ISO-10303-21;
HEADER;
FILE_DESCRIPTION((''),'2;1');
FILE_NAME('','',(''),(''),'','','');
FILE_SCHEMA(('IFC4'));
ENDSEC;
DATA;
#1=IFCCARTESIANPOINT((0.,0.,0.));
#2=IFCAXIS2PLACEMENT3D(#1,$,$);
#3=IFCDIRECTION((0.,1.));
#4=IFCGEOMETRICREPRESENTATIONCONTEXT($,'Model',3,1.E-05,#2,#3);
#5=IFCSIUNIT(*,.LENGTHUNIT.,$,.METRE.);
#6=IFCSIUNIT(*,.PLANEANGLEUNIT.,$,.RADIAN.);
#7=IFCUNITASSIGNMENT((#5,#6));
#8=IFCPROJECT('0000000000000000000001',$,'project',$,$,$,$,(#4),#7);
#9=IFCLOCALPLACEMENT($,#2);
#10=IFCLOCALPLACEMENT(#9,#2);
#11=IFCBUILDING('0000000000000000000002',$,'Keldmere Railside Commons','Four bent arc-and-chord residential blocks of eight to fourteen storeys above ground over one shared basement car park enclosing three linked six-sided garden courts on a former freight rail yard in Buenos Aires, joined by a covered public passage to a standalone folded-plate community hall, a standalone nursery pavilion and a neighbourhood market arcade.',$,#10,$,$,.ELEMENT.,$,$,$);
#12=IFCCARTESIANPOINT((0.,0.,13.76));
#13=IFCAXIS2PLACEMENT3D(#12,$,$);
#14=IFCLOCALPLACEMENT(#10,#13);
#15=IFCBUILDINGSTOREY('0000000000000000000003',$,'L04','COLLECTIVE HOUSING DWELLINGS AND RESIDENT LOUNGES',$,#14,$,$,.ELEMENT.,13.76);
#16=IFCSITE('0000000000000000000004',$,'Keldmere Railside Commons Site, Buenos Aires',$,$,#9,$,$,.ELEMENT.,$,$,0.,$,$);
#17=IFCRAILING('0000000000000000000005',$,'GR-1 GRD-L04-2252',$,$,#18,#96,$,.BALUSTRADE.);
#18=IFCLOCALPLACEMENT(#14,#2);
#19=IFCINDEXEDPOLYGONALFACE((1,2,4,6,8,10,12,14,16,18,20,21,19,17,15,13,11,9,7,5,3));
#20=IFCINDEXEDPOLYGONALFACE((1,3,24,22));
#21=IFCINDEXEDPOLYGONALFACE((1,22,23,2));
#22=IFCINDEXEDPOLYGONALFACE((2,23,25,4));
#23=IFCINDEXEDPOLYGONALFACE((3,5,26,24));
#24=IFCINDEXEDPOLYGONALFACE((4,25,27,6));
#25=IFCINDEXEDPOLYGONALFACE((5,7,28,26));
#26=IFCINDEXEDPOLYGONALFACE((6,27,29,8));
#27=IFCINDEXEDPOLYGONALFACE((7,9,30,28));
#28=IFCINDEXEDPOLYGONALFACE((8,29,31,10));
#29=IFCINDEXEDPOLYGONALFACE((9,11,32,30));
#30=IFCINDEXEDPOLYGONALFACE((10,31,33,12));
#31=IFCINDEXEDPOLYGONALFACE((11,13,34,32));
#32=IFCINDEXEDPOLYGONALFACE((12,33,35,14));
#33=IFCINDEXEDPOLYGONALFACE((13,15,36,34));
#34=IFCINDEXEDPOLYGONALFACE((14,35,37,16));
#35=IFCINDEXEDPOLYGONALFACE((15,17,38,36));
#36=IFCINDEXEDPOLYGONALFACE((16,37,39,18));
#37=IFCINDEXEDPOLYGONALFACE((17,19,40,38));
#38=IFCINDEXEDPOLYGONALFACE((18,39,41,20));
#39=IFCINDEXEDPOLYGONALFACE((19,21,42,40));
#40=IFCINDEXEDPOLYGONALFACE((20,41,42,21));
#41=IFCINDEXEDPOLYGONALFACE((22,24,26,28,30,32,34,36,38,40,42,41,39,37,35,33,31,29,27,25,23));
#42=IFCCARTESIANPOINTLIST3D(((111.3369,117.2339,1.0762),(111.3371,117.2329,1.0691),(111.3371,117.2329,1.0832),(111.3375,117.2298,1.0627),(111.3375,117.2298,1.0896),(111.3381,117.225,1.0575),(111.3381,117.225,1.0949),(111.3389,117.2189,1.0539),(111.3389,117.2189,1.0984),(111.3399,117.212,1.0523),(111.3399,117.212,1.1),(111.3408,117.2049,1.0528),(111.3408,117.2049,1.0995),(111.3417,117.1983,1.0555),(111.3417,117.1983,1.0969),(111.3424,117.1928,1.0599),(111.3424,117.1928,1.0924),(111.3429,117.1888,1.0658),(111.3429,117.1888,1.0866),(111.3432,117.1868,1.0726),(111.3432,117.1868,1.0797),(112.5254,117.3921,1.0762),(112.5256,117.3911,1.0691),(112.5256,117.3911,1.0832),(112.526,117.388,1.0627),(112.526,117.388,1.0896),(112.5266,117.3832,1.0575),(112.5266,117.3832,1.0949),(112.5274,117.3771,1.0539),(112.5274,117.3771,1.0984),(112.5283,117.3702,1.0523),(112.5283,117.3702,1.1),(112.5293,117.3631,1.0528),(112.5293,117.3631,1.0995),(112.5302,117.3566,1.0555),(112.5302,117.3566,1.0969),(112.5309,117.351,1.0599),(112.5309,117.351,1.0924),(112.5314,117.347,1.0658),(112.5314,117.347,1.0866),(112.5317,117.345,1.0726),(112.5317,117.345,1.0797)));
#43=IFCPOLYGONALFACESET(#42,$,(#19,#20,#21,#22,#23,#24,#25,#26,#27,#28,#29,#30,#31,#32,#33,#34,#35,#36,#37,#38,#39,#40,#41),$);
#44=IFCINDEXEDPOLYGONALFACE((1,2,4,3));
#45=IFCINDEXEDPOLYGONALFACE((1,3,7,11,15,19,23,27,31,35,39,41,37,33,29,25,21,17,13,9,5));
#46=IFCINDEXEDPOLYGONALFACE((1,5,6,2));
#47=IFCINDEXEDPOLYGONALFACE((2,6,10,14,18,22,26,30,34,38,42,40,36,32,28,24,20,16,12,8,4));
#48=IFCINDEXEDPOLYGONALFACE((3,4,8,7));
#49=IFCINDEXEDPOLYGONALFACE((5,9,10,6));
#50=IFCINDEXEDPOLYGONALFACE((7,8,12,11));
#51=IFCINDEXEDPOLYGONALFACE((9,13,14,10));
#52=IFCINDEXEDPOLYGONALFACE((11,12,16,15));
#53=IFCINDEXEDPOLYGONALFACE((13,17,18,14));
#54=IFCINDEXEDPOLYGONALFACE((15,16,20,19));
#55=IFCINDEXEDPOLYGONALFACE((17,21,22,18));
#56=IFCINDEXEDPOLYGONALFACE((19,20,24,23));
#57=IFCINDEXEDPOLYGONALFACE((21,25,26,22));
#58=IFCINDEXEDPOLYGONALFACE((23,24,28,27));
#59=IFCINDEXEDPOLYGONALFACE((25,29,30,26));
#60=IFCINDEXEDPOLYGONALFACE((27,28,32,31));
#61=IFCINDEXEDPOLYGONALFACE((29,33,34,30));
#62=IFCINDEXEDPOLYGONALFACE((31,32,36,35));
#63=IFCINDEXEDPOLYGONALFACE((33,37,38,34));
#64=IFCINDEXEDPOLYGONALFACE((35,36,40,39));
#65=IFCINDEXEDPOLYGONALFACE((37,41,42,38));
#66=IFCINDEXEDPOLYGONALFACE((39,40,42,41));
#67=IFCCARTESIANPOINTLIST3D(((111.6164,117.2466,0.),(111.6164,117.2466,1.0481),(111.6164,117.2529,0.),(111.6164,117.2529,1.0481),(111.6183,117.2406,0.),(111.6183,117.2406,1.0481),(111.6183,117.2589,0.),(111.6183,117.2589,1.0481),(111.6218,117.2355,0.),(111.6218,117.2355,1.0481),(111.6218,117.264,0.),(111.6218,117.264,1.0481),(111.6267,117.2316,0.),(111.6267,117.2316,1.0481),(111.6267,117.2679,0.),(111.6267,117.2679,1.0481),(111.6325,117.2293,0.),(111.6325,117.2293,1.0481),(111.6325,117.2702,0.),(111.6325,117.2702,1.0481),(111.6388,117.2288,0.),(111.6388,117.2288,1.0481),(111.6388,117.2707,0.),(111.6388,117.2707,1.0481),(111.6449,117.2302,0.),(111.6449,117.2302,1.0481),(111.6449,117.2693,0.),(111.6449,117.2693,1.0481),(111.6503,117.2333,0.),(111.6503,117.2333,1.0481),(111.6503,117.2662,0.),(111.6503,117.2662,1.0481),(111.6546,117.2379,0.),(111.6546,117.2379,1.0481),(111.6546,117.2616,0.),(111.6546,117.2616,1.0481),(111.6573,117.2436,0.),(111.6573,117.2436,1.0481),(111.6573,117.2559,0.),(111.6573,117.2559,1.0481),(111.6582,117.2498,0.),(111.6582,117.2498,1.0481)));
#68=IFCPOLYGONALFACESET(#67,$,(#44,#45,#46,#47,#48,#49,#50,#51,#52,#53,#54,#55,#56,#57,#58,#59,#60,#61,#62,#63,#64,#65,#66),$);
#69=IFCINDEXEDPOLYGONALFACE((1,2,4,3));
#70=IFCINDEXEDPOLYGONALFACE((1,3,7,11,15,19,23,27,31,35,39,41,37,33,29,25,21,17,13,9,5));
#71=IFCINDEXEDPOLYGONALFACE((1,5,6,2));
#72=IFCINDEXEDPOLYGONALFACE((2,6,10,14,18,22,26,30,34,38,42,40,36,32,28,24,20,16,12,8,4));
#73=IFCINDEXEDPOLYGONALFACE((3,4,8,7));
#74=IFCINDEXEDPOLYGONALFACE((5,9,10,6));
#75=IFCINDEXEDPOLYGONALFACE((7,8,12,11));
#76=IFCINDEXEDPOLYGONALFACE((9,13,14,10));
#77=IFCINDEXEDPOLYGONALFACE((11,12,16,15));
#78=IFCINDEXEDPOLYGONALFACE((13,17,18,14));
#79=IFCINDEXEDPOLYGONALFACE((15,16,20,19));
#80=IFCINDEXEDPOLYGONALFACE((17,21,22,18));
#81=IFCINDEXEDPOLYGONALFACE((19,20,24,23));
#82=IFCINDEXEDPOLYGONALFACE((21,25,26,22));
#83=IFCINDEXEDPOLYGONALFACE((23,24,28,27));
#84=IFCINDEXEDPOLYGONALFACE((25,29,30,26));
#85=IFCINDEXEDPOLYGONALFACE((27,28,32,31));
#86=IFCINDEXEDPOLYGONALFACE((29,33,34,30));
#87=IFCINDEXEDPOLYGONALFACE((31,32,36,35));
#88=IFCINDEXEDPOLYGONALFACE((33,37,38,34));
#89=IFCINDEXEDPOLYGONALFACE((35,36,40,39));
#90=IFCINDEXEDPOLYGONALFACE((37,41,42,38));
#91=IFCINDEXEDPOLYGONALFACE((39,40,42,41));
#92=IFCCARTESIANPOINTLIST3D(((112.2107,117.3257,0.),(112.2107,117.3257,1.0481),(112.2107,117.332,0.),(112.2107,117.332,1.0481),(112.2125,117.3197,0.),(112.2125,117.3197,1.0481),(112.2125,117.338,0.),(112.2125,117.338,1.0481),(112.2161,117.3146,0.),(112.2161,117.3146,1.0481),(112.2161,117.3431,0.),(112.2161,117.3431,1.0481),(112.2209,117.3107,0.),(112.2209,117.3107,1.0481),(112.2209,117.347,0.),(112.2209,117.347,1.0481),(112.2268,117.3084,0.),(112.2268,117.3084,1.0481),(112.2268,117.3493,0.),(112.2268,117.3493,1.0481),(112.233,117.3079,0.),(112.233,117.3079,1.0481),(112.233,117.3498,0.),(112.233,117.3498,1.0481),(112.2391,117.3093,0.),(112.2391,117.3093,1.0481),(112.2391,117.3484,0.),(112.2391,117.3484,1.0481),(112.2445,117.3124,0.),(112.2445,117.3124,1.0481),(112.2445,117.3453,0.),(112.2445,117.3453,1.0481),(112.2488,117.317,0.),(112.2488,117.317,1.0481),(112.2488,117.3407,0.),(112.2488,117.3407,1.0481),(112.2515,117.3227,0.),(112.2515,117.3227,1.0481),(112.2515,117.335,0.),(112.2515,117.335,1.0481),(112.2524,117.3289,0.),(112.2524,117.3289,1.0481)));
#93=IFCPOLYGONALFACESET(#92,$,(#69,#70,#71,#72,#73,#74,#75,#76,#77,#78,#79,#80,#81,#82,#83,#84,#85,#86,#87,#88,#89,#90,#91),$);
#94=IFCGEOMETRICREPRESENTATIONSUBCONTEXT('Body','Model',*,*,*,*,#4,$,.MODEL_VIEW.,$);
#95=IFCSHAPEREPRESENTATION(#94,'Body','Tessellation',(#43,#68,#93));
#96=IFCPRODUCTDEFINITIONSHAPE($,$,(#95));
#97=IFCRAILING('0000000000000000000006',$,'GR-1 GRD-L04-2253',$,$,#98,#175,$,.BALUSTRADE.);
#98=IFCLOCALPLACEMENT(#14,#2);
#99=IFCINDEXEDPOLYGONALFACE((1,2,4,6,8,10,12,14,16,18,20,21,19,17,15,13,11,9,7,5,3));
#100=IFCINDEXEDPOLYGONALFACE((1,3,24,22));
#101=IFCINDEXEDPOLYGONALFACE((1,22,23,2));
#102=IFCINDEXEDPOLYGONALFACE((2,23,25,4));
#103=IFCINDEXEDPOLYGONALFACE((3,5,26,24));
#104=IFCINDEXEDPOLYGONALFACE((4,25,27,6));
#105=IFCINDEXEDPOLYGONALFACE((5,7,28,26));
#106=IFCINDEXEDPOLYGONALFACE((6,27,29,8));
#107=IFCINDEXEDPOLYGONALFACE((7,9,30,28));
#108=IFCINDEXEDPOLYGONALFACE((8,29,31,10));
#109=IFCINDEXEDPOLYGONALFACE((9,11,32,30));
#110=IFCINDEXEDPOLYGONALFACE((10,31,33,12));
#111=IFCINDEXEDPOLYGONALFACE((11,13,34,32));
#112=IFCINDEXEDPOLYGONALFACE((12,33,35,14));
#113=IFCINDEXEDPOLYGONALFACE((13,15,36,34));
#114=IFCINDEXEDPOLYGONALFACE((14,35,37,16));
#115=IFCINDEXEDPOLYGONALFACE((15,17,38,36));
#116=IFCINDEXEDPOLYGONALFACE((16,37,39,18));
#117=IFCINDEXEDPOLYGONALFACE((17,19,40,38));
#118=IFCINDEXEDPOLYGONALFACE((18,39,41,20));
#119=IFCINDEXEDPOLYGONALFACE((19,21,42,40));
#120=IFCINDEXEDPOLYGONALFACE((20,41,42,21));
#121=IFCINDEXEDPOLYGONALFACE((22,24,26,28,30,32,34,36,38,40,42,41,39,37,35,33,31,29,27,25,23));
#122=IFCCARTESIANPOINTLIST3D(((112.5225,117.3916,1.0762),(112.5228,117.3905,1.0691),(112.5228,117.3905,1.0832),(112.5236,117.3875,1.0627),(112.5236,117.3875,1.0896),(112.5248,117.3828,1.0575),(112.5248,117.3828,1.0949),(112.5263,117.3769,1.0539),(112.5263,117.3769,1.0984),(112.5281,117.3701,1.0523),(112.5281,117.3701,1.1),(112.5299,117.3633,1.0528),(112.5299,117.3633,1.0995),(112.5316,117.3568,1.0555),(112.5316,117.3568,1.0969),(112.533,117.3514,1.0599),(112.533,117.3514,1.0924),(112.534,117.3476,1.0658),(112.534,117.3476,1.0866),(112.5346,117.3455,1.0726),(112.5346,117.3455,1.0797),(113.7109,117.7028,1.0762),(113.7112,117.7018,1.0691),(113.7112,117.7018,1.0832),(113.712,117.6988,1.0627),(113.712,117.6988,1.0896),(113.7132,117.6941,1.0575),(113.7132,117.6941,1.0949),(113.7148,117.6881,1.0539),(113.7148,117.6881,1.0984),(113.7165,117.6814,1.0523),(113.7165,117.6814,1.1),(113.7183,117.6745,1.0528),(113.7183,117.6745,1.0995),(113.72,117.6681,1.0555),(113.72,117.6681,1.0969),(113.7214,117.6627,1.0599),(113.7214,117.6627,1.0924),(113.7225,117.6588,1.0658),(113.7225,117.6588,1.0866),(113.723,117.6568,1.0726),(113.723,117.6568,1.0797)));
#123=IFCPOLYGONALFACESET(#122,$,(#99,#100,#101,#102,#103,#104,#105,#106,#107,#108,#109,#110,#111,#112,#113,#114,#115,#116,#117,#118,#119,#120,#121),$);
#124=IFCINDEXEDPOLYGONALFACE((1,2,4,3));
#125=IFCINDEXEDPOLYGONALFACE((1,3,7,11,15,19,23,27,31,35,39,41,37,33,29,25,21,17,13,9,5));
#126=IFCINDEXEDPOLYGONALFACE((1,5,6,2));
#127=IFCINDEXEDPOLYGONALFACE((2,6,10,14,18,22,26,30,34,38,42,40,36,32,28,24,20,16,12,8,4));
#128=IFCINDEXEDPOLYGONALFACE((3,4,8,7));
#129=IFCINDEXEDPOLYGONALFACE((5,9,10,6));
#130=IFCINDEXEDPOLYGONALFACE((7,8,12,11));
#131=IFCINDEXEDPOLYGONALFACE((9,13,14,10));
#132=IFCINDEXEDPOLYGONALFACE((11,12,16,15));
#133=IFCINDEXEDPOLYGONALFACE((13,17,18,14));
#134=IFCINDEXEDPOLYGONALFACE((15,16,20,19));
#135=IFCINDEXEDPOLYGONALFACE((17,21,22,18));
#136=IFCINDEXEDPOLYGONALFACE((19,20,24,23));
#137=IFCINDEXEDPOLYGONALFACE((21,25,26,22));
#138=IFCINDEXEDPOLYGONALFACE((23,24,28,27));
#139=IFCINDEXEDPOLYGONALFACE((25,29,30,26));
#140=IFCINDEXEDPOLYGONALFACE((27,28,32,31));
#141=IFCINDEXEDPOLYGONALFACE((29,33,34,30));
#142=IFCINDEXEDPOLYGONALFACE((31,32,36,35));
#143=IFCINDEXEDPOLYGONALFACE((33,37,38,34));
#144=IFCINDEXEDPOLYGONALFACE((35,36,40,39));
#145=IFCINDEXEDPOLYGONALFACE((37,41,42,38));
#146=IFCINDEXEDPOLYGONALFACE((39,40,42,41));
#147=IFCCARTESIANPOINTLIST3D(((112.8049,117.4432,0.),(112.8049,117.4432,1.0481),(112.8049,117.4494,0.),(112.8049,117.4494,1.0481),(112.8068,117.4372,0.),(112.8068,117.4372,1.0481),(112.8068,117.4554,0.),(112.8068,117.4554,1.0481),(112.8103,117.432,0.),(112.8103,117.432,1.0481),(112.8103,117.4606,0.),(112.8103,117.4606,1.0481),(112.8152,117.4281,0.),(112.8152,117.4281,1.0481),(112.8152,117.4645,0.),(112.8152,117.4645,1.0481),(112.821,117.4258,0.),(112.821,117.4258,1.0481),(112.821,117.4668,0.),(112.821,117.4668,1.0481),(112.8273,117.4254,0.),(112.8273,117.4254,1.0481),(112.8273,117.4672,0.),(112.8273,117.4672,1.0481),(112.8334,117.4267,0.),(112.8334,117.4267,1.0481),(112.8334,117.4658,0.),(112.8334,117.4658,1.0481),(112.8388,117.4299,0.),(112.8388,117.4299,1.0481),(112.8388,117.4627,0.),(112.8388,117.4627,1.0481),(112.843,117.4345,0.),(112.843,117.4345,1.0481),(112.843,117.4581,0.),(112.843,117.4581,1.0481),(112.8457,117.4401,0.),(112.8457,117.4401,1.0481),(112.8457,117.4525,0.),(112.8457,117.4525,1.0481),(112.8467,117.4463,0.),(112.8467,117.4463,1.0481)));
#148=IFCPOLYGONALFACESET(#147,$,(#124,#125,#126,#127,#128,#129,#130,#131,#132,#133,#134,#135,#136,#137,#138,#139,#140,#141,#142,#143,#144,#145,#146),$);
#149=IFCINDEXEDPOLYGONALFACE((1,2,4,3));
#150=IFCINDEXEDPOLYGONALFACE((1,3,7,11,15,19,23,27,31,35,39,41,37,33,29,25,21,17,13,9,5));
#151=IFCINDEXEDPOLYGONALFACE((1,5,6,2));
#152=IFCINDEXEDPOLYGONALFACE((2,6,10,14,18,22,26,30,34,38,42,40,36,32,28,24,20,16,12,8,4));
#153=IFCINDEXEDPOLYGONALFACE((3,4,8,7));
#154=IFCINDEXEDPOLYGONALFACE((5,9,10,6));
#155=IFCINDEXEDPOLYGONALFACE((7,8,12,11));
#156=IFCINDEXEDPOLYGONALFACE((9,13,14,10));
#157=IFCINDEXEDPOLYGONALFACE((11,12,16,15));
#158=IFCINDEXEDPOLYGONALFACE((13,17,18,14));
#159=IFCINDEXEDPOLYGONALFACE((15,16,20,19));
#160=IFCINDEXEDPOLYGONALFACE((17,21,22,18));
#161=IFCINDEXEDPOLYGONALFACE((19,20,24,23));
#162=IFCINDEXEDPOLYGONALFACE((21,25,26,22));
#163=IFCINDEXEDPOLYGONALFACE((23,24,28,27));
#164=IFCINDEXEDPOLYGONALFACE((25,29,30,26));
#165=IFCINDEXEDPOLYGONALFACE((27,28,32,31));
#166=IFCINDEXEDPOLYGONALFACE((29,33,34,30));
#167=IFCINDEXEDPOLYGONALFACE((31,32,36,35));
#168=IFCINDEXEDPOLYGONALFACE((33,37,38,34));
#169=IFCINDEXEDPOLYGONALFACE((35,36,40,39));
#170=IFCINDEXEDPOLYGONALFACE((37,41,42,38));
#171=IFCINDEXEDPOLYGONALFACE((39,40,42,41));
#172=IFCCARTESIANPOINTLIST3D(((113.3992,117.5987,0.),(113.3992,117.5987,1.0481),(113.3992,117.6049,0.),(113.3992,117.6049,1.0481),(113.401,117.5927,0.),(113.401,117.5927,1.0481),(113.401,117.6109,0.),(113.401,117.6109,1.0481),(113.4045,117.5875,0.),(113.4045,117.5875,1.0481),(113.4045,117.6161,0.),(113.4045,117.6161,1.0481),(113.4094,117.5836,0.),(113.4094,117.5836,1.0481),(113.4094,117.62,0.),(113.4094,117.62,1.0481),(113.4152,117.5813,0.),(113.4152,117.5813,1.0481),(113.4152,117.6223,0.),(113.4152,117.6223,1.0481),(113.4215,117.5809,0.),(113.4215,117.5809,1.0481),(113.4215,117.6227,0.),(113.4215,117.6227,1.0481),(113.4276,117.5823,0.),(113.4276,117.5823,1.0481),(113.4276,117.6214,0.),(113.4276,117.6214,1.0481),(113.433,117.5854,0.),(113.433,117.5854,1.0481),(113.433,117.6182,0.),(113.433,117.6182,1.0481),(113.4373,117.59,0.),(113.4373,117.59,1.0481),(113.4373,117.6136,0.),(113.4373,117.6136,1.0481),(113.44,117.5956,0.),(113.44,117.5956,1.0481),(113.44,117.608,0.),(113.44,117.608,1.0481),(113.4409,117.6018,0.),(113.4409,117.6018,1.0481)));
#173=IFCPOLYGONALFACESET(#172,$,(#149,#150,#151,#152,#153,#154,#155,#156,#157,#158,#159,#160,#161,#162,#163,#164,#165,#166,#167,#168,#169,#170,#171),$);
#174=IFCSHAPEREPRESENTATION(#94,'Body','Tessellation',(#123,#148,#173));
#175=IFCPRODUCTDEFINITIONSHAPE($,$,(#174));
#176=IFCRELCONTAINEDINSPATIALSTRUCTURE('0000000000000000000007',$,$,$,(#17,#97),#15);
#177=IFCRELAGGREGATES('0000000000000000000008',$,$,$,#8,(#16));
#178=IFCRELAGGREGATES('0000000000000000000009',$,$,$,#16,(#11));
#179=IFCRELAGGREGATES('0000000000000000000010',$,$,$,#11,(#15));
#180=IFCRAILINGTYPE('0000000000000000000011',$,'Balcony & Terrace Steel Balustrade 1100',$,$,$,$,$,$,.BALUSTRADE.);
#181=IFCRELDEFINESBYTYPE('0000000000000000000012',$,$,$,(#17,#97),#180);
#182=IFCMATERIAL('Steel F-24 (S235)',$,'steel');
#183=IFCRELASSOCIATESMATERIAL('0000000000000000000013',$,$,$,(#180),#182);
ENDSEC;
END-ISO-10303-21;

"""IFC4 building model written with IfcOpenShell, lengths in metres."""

from ifc_helpers import new_model, si_unit, direction, frame, origin, origin_2d, place, context, subcontext, project, spatial, circle, extrude, material, type_object, element, save


model = new_model("IFC4")

# Units and contexts
model_context = context("Model", 3, precision=1e-05, world=origin(), true_north=direction((0.0, 1.0)))
body_context = subcontext(model_context, "Body", "Model", "MODEL_VIEW")
ifc_project = project(units=[si_unit("LENGTHUNIT", "METRE"), si_unit("PLANEANGLEUNIT", "RADIAN")], contexts=[model_context])

# Site, building, storey
site_placement = place(None, origin())
site = spatial("IfcSite", under=ifc_project, at=site_placement, Name="Keldmere Railside Commons Site, Buenos Aires", CompositionType="ELEMENT", RefElevation=0.0)
building_placement = place(site_placement, origin())
building = spatial("IfcBuilding", under=site, at=building_placement, Name="Keldmere Railside Commons", Description="Four bent arc-and-chord residential blocks of eight to fourteen storeys above ground over one shared basement car park enclosing three linked six-sided garden courts on a former freight rail yard in Buenos Aires, joined by a covered public passage to a standalone folded-plate community hall, a standalone nursery pavilion and a neighbourhood market arcade.", CompositionType="ELEMENT")
storey_placement = place(building_placement, frame((0.0, 0.0, 13.76)))
storey = spatial("IfcBuildingStorey", under=building, at=storey_placement, Name="L04", Description="COLLECTIVE HOUSING DWELLINGS AND RESIDENT LOUNGES", CompositionType="ELEMENT", Elevation=13.76)

# Railings
ifc_material_1 = material(Name="Steel F-24 (S235)", Category="steel")
railing_type = type_object("IfcRailingType", Name="Balcony & Terrace Steel Balustrade 1100", PredefinedType="BALUSTRADE", material=ifc_material_1)
railing_1_placement = place(storey_placement, frame((111.3401, 117.2102, 0.0)))
element("IfcRailing", 1, at=railing_1_placement, inside=storey, type_object=railing_type, Name="GR-1 GRD-L04-2252", PredefinedType="BALUSTRADE", context=body_context, shape_type="SweptSolid", body=[
    extrude(circle(Radius=0.0239, at=origin_2d()), frame((0.0, 0.0, 1.0762), z_axis=(0.991256, 0.13195, 0.0), x_axis=(-0.13195, 0.991256, 0.0)), (0.0, 0.0, 1.0), 1.199),
    extrude(circle(Radius=0.021, at=origin_2d()), frame((0.2971, 0.0396, 0.0)), (0.0, 0.0, 1.0), 1.0481),
    extrude(circle(Radius=0.021, at=origin_2d()), frame((0.8914, 0.1187, 0.0)), (0.0, 0.0, 1.0), 1.0481),
])
railing_2_placement = place(storey_placement, frame((112.5286, 117.3684, 0.0)))
element("IfcRailing", 2, at=railing_2_placement, inside=storey, type_object=railing_type, Name="GR-1 GRD-L04-2253", PredefinedType="BALUSTRADE", context=body_context, shape_type="SweptSolid", body=[
    extrude(circle(Radius=0.0239, at=origin_2d()), frame((0.0, 0.0, 1.0762), z_axis=(0.96737, 0.253368, 0.0), x_axis=(-0.253368, 0.96737, 0.0)), (0.0, 0.0, 1.0), 1.2285),
    extrude(circle(Radius=0.021, at=origin_2d()), frame((0.2971, 0.0779, 0.0)), (0.0, 0.0, 1.0), 1.0481),
    extrude(circle(Radius=0.021, at=origin_2d()), frame((0.8914, 0.2334, 0.0)), (0.0, 0.0, 1.0), 1.0481),
])

save(model, "model.ifc")
